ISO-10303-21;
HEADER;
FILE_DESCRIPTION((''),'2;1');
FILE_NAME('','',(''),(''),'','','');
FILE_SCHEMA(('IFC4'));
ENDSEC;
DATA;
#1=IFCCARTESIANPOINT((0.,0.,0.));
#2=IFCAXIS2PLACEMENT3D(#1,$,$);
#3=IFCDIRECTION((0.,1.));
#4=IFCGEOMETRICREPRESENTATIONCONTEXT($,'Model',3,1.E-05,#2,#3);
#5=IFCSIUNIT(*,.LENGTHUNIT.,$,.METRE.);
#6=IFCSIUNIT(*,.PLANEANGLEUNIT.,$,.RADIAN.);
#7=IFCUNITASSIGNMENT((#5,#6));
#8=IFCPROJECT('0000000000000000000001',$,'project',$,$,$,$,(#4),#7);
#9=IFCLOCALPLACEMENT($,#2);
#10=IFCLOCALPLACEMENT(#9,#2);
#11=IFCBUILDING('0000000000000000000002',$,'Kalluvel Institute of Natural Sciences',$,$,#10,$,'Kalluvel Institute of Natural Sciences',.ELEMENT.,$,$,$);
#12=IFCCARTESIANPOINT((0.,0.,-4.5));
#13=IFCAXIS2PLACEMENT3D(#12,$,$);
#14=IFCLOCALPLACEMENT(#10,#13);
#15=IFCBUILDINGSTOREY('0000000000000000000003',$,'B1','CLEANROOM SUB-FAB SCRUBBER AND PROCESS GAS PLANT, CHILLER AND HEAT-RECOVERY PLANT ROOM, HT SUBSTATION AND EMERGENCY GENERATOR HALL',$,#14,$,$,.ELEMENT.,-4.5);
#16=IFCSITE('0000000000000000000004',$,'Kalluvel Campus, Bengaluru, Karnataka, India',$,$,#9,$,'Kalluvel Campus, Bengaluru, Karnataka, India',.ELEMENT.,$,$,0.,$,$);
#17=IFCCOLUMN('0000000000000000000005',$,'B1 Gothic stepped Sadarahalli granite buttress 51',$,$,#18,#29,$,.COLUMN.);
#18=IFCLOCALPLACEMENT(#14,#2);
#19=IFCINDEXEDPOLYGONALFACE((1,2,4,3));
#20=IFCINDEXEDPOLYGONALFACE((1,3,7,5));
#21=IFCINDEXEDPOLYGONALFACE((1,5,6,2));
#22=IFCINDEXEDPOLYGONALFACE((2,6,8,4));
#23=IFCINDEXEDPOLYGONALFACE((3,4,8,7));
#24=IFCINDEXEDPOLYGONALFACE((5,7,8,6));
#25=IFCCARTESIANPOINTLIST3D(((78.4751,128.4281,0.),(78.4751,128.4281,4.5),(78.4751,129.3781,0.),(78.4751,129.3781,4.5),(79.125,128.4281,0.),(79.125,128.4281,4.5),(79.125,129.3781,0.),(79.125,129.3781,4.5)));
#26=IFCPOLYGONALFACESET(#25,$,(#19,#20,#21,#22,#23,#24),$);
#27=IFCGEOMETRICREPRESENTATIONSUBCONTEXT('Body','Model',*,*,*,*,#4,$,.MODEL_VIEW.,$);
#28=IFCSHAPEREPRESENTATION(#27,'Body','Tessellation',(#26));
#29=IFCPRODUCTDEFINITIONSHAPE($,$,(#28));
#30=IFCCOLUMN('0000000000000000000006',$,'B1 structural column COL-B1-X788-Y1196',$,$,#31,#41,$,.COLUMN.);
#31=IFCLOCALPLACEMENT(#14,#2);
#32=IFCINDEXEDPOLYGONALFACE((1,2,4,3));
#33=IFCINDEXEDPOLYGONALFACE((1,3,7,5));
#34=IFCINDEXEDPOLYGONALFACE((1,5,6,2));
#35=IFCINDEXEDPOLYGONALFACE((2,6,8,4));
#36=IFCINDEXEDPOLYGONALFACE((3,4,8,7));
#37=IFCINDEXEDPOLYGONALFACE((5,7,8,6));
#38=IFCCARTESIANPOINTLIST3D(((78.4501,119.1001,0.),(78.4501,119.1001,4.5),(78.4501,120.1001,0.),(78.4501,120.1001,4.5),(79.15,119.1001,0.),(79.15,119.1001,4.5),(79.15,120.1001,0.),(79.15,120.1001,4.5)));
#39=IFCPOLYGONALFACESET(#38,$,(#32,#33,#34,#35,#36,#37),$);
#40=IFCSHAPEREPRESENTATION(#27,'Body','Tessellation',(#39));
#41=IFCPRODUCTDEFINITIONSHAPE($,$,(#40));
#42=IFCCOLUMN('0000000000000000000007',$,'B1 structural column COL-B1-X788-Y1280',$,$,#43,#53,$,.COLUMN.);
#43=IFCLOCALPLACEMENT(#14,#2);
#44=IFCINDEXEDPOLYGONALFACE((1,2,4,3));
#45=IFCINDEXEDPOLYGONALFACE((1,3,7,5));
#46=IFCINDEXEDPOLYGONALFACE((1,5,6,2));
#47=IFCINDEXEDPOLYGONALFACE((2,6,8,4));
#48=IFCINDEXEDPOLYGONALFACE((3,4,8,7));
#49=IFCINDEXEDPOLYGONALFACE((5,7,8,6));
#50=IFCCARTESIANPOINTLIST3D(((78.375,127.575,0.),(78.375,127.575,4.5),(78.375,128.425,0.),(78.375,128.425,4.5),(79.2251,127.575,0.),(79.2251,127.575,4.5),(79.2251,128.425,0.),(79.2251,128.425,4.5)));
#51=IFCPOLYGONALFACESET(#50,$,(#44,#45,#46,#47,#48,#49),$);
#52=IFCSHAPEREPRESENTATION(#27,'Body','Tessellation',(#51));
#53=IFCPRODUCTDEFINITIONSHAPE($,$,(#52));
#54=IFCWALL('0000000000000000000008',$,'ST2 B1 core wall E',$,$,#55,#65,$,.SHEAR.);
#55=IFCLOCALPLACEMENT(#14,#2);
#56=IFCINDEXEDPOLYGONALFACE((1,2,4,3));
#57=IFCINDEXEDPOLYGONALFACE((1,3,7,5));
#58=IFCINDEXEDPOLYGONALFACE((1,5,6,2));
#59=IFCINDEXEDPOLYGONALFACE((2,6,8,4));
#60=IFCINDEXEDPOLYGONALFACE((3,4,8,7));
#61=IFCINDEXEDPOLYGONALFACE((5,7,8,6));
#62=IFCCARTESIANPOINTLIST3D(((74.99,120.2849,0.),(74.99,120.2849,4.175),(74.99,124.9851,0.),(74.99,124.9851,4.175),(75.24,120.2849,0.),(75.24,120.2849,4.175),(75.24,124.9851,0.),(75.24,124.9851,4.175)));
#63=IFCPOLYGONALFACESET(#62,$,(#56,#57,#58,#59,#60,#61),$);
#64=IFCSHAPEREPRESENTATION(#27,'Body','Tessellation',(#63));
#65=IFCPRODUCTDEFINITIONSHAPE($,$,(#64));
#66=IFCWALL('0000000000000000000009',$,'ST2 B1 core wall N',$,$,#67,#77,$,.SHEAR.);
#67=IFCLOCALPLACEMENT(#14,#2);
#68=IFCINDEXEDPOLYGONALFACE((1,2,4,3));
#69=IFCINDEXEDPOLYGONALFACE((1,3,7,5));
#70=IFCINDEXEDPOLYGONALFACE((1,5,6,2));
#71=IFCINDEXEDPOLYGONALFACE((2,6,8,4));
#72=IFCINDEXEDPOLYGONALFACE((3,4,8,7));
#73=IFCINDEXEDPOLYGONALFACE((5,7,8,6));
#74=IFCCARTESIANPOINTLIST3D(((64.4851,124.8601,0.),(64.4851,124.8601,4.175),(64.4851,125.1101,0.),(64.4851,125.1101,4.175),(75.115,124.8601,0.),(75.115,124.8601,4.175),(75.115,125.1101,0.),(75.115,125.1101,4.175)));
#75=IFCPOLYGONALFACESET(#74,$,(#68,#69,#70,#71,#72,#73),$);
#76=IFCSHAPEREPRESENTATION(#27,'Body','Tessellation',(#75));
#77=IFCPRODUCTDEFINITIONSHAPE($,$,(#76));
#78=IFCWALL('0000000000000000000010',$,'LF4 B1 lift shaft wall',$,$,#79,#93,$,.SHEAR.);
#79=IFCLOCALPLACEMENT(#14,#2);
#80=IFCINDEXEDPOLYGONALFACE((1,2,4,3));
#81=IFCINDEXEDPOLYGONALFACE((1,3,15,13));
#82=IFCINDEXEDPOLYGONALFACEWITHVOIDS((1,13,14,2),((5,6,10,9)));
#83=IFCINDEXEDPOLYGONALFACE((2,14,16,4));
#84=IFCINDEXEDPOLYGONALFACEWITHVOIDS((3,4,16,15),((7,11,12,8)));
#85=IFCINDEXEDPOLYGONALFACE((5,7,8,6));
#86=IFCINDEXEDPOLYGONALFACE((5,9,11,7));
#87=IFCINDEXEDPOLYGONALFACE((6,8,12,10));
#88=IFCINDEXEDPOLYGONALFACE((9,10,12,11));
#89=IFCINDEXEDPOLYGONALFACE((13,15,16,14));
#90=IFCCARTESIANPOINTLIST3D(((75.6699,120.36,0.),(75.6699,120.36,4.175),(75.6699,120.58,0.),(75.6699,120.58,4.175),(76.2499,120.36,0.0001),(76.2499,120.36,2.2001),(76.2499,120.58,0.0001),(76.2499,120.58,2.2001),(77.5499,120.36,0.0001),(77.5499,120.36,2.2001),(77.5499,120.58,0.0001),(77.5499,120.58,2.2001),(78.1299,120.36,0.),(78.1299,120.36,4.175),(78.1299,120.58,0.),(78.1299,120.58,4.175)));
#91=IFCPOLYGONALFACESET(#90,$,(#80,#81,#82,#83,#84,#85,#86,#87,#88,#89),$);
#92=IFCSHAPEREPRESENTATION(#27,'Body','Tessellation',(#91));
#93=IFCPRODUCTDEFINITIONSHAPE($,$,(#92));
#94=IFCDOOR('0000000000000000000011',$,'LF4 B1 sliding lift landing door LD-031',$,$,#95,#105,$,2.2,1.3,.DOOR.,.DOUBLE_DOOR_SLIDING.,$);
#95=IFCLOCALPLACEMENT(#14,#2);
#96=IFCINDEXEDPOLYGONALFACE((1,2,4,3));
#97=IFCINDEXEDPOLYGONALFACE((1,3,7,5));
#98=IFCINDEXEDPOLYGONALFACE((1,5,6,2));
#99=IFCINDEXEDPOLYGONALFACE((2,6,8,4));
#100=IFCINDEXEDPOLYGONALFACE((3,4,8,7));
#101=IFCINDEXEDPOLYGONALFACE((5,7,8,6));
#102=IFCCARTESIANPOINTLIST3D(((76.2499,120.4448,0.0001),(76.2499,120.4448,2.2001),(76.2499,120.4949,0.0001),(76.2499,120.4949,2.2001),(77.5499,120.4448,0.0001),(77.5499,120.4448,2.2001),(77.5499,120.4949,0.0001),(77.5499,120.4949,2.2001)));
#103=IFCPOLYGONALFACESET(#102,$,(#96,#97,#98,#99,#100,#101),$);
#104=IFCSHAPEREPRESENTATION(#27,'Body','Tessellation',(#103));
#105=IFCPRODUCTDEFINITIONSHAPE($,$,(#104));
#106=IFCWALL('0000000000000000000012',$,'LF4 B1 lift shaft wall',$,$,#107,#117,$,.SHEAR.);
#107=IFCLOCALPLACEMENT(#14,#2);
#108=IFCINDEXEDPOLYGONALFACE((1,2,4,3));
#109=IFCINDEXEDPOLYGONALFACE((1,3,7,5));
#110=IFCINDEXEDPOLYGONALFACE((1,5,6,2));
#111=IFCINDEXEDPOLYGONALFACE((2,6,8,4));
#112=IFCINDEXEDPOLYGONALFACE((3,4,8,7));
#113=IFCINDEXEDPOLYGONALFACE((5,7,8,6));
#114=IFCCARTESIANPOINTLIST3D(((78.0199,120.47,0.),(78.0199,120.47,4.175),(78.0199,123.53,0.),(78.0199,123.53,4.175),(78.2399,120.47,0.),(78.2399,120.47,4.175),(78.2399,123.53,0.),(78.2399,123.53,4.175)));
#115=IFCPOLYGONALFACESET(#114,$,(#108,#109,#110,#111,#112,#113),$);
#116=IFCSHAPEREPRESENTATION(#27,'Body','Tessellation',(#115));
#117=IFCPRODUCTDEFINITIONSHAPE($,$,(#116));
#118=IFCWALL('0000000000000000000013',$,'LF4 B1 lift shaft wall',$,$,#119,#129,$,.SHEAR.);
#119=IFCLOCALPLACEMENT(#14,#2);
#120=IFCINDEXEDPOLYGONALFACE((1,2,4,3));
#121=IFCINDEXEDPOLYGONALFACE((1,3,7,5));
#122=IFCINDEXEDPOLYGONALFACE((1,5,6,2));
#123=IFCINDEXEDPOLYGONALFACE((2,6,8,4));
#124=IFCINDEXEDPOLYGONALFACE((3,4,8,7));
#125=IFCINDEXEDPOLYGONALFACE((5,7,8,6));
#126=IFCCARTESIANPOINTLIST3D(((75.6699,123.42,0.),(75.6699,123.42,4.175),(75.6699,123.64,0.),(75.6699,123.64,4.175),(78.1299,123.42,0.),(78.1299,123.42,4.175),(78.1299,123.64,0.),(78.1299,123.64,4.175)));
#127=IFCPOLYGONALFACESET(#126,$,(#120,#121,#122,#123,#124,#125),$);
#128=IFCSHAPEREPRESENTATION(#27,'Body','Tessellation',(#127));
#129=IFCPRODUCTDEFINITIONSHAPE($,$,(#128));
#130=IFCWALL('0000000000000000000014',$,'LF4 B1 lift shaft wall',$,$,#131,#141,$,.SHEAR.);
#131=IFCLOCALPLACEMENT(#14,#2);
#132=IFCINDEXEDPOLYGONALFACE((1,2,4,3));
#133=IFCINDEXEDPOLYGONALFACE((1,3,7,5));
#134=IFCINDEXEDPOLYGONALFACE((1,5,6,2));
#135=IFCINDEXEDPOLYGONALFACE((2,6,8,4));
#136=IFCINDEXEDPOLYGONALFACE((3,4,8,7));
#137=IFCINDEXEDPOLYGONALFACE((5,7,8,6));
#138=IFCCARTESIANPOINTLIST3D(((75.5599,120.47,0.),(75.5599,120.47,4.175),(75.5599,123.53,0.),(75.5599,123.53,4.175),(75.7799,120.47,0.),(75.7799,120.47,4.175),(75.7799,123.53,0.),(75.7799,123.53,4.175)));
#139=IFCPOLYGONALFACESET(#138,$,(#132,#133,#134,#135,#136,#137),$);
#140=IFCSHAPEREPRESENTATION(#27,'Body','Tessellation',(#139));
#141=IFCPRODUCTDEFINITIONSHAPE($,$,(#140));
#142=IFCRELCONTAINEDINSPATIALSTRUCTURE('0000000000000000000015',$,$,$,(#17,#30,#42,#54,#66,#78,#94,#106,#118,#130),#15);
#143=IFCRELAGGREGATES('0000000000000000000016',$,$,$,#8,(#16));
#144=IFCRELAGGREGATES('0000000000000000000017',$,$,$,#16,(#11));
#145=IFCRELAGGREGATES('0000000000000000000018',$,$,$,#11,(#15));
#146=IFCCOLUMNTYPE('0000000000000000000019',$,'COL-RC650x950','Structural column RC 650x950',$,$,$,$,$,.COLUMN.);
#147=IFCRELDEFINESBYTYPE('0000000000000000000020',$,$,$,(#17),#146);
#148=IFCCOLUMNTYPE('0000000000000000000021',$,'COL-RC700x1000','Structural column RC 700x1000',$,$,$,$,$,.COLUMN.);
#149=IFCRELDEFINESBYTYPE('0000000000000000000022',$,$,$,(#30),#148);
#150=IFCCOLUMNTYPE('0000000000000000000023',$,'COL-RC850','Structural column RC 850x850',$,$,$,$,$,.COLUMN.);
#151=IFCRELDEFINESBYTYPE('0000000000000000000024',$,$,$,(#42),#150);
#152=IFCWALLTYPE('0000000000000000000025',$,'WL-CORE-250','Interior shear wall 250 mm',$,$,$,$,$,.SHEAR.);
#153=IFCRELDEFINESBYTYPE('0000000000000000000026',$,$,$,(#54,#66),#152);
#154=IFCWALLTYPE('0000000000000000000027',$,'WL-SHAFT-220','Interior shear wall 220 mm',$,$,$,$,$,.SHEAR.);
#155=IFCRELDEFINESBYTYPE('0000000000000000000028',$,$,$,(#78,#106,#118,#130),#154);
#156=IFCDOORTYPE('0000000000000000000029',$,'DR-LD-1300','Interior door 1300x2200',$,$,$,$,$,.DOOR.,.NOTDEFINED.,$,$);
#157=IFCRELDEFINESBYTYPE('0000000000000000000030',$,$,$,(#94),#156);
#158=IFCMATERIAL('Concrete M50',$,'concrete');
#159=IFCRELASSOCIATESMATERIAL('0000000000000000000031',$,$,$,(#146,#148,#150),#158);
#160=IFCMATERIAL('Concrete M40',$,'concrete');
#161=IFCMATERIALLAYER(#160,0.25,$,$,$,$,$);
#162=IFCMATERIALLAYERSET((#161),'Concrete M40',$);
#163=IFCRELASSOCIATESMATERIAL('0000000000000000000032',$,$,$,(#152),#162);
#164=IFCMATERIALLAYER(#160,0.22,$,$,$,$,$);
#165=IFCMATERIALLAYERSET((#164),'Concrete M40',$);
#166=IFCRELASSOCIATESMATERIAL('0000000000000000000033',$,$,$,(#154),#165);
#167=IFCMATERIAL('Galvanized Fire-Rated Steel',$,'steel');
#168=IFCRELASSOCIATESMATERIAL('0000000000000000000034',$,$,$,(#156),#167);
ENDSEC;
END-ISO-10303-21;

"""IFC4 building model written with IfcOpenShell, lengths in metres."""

from ifc_helpers import new_model, si_unit, direction, frame, frame_2d, origin, origin_2d, place, context, subcontext, project, spatial, rectangle, extrude, material, layer, layer_set, material_profile, profile_set, type_object, element, fill, save


model = new_model("IFC4")

# Units and contexts
model_context = context("Model", 3, precision=1e-05, world=origin(), true_north=direction((0.0, 1.0)))
body_context = subcontext(model_context, "Body", "Model", "MODEL_VIEW")
ifc_project = project(units=[si_unit("LENGTHUNIT", "METRE"), si_unit("PLANEANGLEUNIT", "RADIAN")], contexts=[model_context])

# Site, building, storey
site_placement = place(None, origin())
site = spatial("IfcSite", under=ifc_project, at=site_placement, Name="Kalluvel Campus, Bengaluru, Karnataka, India", LongName="Kalluvel Campus, Bengaluru, Karnataka, India", CompositionType="ELEMENT", RefElevation=0.0)
building_placement = place(site_placement, origin())
building = spatial("IfcBuilding", under=site, at=building_placement, Name="Kalluvel Institute of Natural Sciences", LongName="Kalluvel Institute of Natural Sciences", CompositionType="ELEMENT")
storey_placement = place(building_placement, frame((0.0, 0.0, -4.5)))
storey = spatial("IfcBuildingStorey", under=building, at=storey_placement, Name="B1", Description="CLEANROOM SUB-FAB SCRUBBER AND PROCESS GAS PLANT, CHILLER AND HEAT-RECOVERY PLANT ROOM, HT SUBSTATION AND EMERGENCY GENERATOR HALL", CompositionType="ELEMENT", Elevation=-4.5)

# Shared definitions
ifc_material_1 = material(Name="Concrete M40", Category="concrete")

# Columns
ifc_material_2 = material(Name="Concrete M50", Category="concrete")
ifc_material_profile_1 = material_profile(ifc_material_2, rectangle(XDim=0.6499, YDim=0.95, at=origin_2d()), Name="RC 650x950")
ifc_profile_set_1 = profile_set([ifc_material_profile_1], Name="Concrete M50")
column_type_1 = type_object("IfcColumnType", Name="COL-RC650x950", Description="Structural column RC 650x950", PredefinedType="COLUMN", material=ifc_profile_set_1)
for number, where, z_axis, x_axis, name in (
    (1, (78.8, 128.9031, 0.0), (0.0, 0.0, 1.0), (1.0, 0.0, 0.0), "B1 Gothic stepped Sadarahalli granite buttress 51"),
):
    element("IfcColumn", number, at=place(storey_placement, frame(where, z_axis=z_axis, x_axis=x_axis)), inside=storey, type_object=column_type_1, Name=name, PredefinedType="COLUMN", context=body_context, shape_type="SweptSolid", body=[
        extrude(rectangle(XDim=0.6499, YDim=0.95, at=origin_2d()), origin(), (0.0, 0.0, 1.0), 4.5),
    ])
ifc_material_profile_2 = material_profile(ifc_material_2, rectangle(XDim=0.7, YDim=1.0, at=origin_2d()), Name="RC 700x1000")
ifc_profile_set_2 = profile_set([ifc_material_profile_2], Name="Concrete M50")
column_type_2 = type_object("IfcColumnType", Name="COL-RC700x1000", Description="Structural column RC 700x1000", PredefinedType="COLUMN", material=ifc_profile_set_2)
column_1_placement = place(storey_placement, frame((78.8, 119.6001, 0.0), z_axis=(0.0, 0.0, 1.0), x_axis=(1.0, 0.0, 0.0)))
element("IfcColumn", 2, at=column_1_placement, inside=storey, type_object=column_type_2, Name="B1 structural column COL-B1-X788-Y1196", PredefinedType="COLUMN", context=body_context, shape_type="SweptSolid", body=[
    extrude(rectangle(XDim=0.7, YDim=1.0, at=origin_2d()), origin(), (0.0, 0.0, 1.0), 4.5),
])
ifc_material_profile_3 = material_profile(ifc_material_2, rectangle(XDim=0.8501, YDim=0.8501, at=origin_2d()), Name="RC 850x850")
ifc_profile_set_3 = profile_set([ifc_material_profile_3], Name="Concrete M50")
column_type_3 = type_object("IfcColumnType", Name="COL-RC850", Description="Structural column RC 850x850", PredefinedType="COLUMN", material=ifc_profile_set_3)
column_2_placement = place(storey_placement, frame((78.8, 128.0, 0.0), z_axis=(0.0, 0.0, 1.0), x_axis=(1.0, 0.0, 0.0)))
element("IfcColumn", 3, at=column_2_placement, inside=storey, type_object=column_type_3, Name="B1 structural column COL-B1-X788-Y1280", PredefinedType="COLUMN", context=body_context, shape_type="SweptSolid", body=[
    extrude(rectangle(XDim=0.8501, YDim=0.8501, at=origin_2d()), origin(), (0.0, 0.0, 1.0), 4.5),
])

# Walls
ifc_layer_1 = layer(ifc_material_1, 0.25)
ifc_layer_set_1 = layer_set([ifc_layer_1], Name="Concrete M40")
wall_type_1 = type_object("IfcWallType", Name="WL-CORE-250", Description="Interior shear wall 250 mm", PredefinedType="SHEAR", material=ifc_layer_set_1)
wall_1_placement = place(storey_placement, frame((75.115, 120.2849, 0.0), z_axis=(0.0, 0.0, 1.0), x_axis=(0.0, 1.0, 0.0)))
element("IfcWall", 4, at=wall_1_placement, inside=storey, type_object=wall_type_1, Name="ST2 B1 core wall E", PredefinedType="SHEAR", context=body_context, shape_type="SweptSolid", body=[
    extrude(rectangle(XDim=4.7002, YDim=0.25, at=frame_2d((2.3501, 0.0))), origin(), (0.0, 0.0, 1.0), 4.175),
])
wall_2_placement = place(storey_placement, frame((75.115, 124.9851, 0.0), z_axis=(0.0, 0.0, 1.0), x_axis=(-1.0, 0.0, 0.0)))
element("IfcWall", 5, at=wall_2_placement, inside=storey, type_object=wall_type_1, Name="ST2 B1 core wall N", PredefinedType="SHEAR", context=body_context, shape_type="SweptSolid", body=[
    extrude(rectangle(XDim=10.6299, YDim=0.25, at=frame_2d((5.3149, 0.0))), origin(), (0.0, 0.0, 1.0), 4.175),
])

# Wall, opening, door
ifc_layer_2 = layer(ifc_material_1, 0.22)
ifc_layer_set_2 = layer_set([ifc_layer_2], Name="Concrete M40")
wall_type_2 = type_object("IfcWallType", Name="WL-SHAFT-220", Description="Interior shear wall 220 mm", PredefinedType="SHEAR", material=ifc_layer_set_2)
wall_3_placement = place(storey_placement, frame((75.6699, 120.47, 0.0), z_axis=(0.0, 0.0, 1.0), x_axis=(1.0, 0.0, 0.0)))
wall_3 = element("IfcWall", 6, at=wall_3_placement, inside=storey, type_object=wall_type_2, Name="LF4 B1 lift shaft wall", PredefinedType="SHEAR", context=body_context, shape_type="SweptSolid", body=[
    extrude(rectangle(XDim=2.46, YDim=0.22, at=frame_2d((1.23, 0.0))), origin(), (0.0, 0.0, 1.0), 4.175),
])
opening_placement = place(wall_3_placement, frame((0.5801, 0.0, 0.0)))
opening = element("IfcOpeningElement", 7, at=opening_placement, cuts=wall_3, PredefinedType="OPENING", context=body_context, shape_type="SweptSolid", body=[
    extrude(rectangle(XDim=1.3, YDim=2.2, at=frame_2d((0.6499, 1.1001))), frame((0.0, 0.1199, 0.0), z_axis=(0.0, -1.0, 0.0), x_axis=(1.0, 0.0, 0.0)), (0.0, 0.0, 1.0), 0.24),
])
ifc_material_3 = material(Name="Galvanized Fire-Rated Steel", Category="steel")
door_type = type_object("IfcDoorType", Name="DR-LD-1300", Description="Interior door 1300x2200", OperationType="NOTDEFINED", PredefinedType="DOOR", material=ifc_material_3)
door_placement = place(opening_placement, origin())
door = element("IfcDoor", 8, at=door_placement, inside=storey, type_object=door_type, Name="LF4 B1 sliding lift landing door LD-031", OperationType="DOUBLE_DOOR_SLIDING", OverallHeight=2.2, OverallWidth=1.3, PredefinedType="DOOR", context=body_context, shape_type="SweptSolid", body=[
    extrude(rectangle(XDim=1.3, YDim=2.2, at=frame_2d((0.6499, 1.1001))), frame((0.0, 0.0249, 0.0), z_axis=(0.0, -1.0, 0.0), x_axis=(1.0, 0.0, 0.0)), (0.0, 0.0, 1.0), 0.05),
])
fill(opening, door)

# Walls
wall_4_placement = place(storey_placement, frame((78.1299, 120.47, 0.0), z_axis=(0.0, 0.0, 1.0), x_axis=(0.0, 1.0, 0.0)))
element("IfcWall", 9, at=wall_4_placement, inside=storey, type_object=wall_type_2, Name="LF4 B1 lift shaft wall", PredefinedType="SHEAR", context=body_context, shape_type="SweptSolid", body=[
    extrude(rectangle(XDim=3.0601, YDim=0.22, at=frame_2d((1.53, 0.0))), origin(), (0.0, 0.0, 1.0), 4.175),
])
wall_5_placement = place(storey_placement, frame((78.1299, 123.53, 0.0), z_axis=(0.0, 0.0, 1.0), x_axis=(-1.0, 0.0, 0.0)))
element("IfcWall", 10, at=wall_5_placement, inside=storey, type_object=wall_type_2, Name="LF4 B1 lift shaft wall", PredefinedType="SHEAR", context=body_context, shape_type="SweptSolid", body=[
    extrude(rectangle(XDim=2.46, YDim=0.22, at=frame_2d((1.23, 0.0))), origin(), (0.0, 0.0, 1.0), 4.175),
])
wall_6_placement = place(storey_placement, frame((75.6699, 123.53, 0.0), z_axis=(0.0, 0.0, 1.0), x_axis=(0.0, -1.0, 0.0)))
element("IfcWall", 11, at=wall_6_placement, inside=storey, type_object=wall_type_2, Name="LF4 B1 lift shaft wall", PredefinedType="SHEAR", context=body_context, shape_type="SweptSolid", body=[
    extrude(rectangle(XDim=3.0601, YDim=0.22, at=frame_2d((1.53, 0.0))), origin(), (0.0, 0.0, 1.0), 4.175),
])

save(model, "model.ifc")
